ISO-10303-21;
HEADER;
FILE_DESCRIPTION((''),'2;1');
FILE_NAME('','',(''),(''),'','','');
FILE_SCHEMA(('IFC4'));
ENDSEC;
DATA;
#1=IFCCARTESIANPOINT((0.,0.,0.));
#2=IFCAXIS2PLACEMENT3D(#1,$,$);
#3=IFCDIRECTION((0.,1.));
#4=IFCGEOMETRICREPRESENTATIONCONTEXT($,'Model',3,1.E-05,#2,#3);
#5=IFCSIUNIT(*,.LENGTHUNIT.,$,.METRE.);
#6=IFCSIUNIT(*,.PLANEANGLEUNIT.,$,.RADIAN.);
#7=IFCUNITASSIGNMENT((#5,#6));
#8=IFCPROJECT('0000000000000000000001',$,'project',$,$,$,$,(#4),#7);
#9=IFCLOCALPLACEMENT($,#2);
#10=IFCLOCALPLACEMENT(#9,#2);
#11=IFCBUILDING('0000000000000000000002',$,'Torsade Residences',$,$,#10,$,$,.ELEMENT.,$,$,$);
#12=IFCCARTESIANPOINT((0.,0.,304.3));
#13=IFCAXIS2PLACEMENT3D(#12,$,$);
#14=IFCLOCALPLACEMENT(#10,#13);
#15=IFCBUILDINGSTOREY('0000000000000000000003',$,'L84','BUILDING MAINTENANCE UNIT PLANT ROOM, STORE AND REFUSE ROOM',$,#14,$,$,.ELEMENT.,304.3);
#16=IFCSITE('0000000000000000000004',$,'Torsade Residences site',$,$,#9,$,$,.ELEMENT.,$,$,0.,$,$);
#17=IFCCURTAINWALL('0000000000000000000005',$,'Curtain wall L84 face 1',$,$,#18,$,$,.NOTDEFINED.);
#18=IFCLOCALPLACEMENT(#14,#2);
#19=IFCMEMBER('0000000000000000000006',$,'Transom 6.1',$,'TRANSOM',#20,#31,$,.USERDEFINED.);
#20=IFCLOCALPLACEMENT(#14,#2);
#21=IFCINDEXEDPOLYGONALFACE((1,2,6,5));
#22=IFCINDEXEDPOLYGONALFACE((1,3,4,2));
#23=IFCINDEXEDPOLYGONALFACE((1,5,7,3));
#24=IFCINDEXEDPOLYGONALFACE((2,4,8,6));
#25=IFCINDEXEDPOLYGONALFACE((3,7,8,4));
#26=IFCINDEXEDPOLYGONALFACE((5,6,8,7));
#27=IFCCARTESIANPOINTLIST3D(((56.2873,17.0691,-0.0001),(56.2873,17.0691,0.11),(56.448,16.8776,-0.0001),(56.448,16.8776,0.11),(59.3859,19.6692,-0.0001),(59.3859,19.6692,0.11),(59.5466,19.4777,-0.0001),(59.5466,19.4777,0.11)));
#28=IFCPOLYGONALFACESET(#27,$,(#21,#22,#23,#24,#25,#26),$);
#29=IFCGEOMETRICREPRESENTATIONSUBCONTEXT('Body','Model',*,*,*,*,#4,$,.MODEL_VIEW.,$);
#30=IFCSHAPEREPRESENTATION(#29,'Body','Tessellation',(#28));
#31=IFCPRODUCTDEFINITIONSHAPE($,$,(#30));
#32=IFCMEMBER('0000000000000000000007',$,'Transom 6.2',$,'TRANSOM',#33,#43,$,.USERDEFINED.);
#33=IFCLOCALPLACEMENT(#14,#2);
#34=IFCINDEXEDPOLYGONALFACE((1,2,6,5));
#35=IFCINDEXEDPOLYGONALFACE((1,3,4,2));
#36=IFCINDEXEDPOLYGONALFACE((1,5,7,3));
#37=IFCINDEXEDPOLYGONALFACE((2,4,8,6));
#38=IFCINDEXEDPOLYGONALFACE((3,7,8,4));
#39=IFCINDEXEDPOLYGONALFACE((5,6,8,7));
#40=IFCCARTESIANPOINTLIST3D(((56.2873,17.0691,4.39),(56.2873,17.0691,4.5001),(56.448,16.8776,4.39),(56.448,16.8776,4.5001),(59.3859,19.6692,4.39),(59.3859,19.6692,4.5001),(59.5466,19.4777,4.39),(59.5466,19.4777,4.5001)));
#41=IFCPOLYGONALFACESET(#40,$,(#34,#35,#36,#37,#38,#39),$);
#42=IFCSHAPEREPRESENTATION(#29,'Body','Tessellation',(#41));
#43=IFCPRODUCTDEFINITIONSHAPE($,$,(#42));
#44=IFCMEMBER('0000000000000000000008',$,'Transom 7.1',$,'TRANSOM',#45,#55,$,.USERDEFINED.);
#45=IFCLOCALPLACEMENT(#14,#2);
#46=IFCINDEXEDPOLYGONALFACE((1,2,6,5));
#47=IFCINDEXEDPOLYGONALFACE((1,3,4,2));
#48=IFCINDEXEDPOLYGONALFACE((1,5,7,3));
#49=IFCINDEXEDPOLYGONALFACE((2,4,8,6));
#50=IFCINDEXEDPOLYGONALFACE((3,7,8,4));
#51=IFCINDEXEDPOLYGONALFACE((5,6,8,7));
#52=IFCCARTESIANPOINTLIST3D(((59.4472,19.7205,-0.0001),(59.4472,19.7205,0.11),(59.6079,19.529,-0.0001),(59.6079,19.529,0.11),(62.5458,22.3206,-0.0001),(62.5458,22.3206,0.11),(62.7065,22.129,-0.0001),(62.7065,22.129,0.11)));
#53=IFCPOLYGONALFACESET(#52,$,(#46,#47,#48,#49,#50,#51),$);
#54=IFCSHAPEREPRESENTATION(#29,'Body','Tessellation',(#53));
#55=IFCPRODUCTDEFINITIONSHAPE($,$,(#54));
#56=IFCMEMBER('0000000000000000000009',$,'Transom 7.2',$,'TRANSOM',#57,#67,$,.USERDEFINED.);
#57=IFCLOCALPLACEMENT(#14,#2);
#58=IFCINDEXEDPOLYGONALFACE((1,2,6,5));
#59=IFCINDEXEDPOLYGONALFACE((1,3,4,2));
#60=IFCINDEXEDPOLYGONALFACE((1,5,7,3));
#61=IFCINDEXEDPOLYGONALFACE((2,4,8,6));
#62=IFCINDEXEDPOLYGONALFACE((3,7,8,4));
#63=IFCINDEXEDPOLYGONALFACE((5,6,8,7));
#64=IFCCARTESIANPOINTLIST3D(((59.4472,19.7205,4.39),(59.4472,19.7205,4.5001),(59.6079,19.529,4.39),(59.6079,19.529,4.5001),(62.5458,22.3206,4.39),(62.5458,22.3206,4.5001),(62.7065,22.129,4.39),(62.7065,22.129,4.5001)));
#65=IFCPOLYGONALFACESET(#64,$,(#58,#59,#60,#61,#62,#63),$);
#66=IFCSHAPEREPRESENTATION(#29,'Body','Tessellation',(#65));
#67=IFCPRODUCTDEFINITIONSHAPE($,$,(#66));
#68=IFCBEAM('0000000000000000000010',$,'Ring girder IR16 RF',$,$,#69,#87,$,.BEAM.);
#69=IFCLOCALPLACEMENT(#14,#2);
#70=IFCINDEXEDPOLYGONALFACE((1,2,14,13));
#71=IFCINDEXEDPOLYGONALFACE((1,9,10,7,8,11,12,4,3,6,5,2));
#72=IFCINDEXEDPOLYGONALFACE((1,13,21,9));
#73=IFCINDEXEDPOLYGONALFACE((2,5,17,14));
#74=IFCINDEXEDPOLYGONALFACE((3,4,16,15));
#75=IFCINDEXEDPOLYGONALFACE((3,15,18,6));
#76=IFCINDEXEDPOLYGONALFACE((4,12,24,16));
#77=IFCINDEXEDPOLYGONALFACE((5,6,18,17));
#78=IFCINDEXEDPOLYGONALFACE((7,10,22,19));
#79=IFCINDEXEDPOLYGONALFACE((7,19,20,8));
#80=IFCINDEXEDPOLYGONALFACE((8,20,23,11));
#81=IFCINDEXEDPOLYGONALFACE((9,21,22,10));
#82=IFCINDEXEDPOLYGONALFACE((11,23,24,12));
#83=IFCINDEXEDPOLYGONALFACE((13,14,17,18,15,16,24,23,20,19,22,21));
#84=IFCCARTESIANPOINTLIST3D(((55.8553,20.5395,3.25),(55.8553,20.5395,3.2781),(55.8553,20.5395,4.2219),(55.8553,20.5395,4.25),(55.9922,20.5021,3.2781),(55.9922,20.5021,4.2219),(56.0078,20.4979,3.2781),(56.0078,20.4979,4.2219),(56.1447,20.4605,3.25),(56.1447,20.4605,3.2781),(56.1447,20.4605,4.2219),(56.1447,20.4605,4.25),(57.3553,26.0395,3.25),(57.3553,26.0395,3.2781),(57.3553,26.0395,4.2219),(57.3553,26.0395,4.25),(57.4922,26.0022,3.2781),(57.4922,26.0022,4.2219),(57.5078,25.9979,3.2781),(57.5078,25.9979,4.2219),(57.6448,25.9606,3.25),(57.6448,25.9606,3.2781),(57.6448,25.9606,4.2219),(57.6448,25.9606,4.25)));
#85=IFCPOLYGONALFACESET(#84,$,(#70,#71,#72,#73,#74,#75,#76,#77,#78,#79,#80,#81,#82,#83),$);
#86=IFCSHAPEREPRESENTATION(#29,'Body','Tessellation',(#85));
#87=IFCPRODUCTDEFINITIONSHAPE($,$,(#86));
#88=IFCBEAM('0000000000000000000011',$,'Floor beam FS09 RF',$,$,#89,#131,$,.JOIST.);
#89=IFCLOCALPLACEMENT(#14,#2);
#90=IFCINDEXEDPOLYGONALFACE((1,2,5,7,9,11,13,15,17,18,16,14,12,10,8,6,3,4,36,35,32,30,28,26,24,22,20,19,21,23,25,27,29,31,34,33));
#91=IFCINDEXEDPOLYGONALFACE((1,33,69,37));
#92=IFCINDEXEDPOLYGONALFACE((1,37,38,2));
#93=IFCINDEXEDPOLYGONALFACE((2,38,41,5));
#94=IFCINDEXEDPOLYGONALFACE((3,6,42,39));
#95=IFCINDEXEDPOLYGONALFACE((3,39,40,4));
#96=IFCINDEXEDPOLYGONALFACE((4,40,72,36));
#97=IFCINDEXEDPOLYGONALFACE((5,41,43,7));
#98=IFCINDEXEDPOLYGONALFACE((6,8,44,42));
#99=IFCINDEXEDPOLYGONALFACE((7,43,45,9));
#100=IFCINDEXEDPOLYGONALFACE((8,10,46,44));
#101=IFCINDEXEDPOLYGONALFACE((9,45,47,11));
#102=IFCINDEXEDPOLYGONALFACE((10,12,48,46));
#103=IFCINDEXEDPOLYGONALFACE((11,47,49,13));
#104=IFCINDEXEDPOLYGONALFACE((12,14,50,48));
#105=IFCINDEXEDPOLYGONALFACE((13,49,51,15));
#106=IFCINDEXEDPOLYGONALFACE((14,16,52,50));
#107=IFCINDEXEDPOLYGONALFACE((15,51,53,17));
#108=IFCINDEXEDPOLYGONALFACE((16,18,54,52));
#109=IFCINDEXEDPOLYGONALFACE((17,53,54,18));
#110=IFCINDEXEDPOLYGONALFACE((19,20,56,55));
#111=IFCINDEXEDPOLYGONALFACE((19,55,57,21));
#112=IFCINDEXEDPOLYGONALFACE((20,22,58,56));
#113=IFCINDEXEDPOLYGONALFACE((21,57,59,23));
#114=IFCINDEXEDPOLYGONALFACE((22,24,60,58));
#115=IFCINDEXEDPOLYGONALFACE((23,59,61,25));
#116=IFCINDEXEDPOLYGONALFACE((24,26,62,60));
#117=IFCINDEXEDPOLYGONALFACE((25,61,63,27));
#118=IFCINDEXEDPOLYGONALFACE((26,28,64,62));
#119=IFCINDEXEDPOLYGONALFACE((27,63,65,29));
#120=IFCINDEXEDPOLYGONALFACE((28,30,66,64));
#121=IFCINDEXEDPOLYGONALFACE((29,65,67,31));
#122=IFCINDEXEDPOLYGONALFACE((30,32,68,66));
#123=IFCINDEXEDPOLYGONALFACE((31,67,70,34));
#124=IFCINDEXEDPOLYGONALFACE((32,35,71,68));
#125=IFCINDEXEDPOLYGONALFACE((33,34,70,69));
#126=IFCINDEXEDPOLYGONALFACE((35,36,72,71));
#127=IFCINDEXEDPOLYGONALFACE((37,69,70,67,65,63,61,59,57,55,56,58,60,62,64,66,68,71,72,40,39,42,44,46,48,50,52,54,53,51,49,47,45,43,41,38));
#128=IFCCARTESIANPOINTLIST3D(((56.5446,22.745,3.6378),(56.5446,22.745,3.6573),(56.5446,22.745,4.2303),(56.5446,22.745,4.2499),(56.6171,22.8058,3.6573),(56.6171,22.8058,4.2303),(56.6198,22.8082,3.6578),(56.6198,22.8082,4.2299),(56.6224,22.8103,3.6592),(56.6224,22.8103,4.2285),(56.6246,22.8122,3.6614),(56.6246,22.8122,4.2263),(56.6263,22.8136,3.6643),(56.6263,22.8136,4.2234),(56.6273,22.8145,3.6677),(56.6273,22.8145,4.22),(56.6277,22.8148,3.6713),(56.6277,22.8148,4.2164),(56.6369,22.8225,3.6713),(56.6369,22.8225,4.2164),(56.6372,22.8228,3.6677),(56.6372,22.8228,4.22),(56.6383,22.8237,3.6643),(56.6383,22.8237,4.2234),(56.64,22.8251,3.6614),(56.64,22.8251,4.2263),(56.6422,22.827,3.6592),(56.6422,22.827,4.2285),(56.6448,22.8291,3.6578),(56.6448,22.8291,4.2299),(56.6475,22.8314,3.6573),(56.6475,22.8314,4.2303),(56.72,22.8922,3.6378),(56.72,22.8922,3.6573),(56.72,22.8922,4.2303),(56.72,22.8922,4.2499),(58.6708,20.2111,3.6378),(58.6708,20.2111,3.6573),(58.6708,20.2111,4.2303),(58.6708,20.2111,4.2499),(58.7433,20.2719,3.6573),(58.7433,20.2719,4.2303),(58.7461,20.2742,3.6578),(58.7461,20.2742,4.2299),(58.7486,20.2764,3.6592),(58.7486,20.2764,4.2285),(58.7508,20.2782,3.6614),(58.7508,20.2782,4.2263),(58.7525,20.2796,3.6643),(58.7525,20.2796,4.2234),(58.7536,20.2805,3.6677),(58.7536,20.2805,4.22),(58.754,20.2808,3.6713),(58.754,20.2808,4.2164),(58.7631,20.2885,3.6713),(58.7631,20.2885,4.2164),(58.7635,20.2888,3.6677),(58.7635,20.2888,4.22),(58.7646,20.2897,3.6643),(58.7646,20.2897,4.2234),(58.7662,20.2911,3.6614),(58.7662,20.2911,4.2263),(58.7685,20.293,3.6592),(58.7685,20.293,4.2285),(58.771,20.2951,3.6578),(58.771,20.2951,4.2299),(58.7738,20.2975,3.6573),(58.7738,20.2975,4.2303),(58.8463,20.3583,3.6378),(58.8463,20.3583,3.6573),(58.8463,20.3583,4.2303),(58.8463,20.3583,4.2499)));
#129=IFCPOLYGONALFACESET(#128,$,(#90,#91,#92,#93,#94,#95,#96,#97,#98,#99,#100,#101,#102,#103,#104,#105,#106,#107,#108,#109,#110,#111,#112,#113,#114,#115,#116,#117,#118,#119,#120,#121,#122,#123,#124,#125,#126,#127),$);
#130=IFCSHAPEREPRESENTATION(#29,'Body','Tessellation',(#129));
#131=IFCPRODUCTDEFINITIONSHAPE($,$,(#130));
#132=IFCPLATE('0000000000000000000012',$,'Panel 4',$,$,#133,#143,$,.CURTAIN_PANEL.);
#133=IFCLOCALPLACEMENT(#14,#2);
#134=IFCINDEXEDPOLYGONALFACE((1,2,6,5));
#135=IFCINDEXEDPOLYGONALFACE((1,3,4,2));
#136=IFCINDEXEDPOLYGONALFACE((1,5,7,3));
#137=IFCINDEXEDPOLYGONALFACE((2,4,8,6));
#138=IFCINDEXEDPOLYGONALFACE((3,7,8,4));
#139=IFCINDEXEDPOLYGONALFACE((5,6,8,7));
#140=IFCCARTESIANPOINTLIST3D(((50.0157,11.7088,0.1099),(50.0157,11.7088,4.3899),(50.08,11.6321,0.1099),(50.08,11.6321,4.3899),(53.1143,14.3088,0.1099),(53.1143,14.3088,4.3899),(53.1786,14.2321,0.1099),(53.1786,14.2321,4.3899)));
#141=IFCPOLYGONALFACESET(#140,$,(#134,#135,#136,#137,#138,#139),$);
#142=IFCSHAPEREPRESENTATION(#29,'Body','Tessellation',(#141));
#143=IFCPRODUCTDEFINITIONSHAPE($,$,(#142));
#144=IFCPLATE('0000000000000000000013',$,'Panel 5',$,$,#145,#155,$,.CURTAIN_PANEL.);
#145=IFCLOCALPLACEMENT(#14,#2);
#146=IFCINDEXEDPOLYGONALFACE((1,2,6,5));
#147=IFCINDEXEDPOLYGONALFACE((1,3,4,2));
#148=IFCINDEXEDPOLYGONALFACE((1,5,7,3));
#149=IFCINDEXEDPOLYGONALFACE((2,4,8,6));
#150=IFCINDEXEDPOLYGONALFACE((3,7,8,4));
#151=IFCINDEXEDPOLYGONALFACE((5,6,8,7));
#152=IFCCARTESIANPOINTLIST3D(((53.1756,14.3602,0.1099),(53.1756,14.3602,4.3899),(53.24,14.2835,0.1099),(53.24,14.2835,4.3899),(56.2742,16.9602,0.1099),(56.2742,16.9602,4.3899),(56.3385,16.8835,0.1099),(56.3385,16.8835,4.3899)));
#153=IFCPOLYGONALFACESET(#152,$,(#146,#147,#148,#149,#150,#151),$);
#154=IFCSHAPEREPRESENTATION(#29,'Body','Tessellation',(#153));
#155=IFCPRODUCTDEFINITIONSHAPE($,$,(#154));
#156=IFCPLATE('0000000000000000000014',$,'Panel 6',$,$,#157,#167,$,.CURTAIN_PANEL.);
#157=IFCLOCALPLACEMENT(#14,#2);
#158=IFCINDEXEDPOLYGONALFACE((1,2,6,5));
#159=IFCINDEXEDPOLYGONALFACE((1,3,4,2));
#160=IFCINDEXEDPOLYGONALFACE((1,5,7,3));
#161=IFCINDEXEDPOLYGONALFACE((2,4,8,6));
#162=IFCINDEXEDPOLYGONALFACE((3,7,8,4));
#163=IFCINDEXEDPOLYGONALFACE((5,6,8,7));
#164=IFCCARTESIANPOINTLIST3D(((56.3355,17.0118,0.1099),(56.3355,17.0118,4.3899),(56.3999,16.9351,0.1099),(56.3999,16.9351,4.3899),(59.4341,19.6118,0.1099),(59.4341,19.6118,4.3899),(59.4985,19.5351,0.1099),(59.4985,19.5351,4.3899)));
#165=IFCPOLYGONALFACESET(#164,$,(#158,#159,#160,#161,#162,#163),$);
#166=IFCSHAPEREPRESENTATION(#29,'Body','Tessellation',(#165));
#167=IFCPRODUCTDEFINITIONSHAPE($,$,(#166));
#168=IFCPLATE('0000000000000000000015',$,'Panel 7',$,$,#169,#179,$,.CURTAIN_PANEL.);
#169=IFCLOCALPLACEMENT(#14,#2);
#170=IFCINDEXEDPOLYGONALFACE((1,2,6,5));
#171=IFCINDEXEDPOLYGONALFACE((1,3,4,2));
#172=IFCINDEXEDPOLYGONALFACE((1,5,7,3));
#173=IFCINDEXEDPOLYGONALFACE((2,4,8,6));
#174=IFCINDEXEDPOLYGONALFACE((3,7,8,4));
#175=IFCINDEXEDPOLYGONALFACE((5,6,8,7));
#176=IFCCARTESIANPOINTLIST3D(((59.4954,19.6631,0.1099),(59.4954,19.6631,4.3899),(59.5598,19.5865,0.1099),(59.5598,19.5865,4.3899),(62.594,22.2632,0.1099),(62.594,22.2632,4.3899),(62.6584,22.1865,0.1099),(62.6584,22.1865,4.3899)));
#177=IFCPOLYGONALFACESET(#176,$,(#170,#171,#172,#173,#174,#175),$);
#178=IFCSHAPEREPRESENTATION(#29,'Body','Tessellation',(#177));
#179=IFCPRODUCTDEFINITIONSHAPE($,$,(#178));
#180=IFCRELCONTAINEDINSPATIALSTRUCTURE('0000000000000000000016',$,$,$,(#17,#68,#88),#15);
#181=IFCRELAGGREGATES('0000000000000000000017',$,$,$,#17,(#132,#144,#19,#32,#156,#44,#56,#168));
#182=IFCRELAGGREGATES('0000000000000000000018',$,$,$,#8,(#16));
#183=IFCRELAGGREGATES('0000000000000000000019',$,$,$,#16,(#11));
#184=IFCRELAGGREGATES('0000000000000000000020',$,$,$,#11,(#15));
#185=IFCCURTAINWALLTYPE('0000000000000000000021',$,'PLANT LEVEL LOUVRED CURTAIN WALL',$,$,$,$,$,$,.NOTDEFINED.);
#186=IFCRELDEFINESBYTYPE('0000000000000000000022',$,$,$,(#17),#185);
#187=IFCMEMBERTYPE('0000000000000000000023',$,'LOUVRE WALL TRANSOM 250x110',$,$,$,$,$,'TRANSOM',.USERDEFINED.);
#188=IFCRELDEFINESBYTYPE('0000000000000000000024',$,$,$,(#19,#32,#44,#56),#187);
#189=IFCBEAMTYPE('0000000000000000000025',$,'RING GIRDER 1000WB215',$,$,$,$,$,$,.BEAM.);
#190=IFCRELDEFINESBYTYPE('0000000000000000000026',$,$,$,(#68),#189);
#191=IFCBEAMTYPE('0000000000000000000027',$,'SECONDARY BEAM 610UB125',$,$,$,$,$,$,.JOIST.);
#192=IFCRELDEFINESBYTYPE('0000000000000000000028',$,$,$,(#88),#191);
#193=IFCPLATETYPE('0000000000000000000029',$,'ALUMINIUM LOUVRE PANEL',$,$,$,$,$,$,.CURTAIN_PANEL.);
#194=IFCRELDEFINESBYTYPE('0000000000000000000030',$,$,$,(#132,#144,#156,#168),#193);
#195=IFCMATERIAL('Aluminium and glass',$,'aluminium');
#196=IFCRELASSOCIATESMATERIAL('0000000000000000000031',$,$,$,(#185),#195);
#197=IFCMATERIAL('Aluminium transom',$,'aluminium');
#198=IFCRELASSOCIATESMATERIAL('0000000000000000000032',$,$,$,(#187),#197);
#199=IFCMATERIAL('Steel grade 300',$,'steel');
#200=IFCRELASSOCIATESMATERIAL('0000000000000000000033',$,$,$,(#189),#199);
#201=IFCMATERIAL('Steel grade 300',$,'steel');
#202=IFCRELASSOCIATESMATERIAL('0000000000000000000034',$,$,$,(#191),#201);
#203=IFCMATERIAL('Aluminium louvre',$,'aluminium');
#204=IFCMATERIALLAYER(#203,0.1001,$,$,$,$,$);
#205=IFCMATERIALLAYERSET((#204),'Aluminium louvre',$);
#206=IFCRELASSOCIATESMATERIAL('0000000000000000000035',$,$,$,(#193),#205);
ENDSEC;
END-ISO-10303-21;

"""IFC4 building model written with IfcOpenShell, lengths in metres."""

from ifc_helpers import new_model, si_unit, direction, frame, origin, origin_2d, place, context, subcontext, project, spatial, rectangle, i_section, extrude, material, layer, layer_set, material_profile, profile_set, type_object, element, aggregate, save


model = new_model("IFC4")

# Units and contexts
model_context = context("Model", 3, precision=1e-05, world=origin(), true_north=direction((0.0, 1.0)))
body_context = subcontext(model_context, "Body", "Model", "MODEL_VIEW")
ifc_project = project(units=[si_unit("LENGTHUNIT", "METRE"), si_unit("PLANEANGLEUNIT", "RADIAN")], contexts=[model_context])

# Site, building, storey
site_placement = place(None, origin())
site = spatial("IfcSite", under=ifc_project, at=site_placement, Name="Torsade Residences site", CompositionType="ELEMENT", RefElevation=0.0)
building_placement = place(site_placement, origin())
building = spatial("IfcBuilding", under=site, at=building_placement, Name="Torsade Residences", CompositionType="ELEMENT")
storey_placement = place(building_placement, frame((0.0, 0.0, 304.3)))
storey = spatial("IfcBuildingStorey", under=building, at=storey_placement, Name="L84", Description="BUILDING MAINTENANCE UNIT PLANT ROOM, STORE AND REFUSE ROOM", CompositionType="ELEMENT", Elevation=304.3)

# Curtain wall, members
ifc_material_1 = material(Name="Aluminium and glass", Category="aluminium")
curtain_wall_type = type_object("IfcCurtainWallType", Name="PLANT LEVEL LOUVRED CURTAIN WALL", PredefinedType="NOTDEFINED", material=ifc_material_1)
curtain_wall_placement = place(storey_placement, origin())
curtain_wall = element("IfcCurtainWall", 1, at=curtain_wall_placement, inside=storey, type_object=curtain_wall_type, Name="Curtain wall L84 face 1", PredefinedType="NOTDEFINED")
ifc_material_2 = material(Name="Aluminium transom", Category="aluminium")
ifc_material_profile_1 = material_profile(ifc_material_2, rectangle(XDim=0.25, YDim=0.1101, at=origin_2d()), Name="LOUVRE WALL TRANSOM 250x110")
ifc_profile_set_1 = profile_set([ifc_material_profile_1], Name="Aluminium transom")
member_type_1 = type_object("IfcMemberType", Name="LOUVRE WALL TRANSOM 250x110", ElementType="TRANSOM", PredefinedType="USERDEFINED", material=ifc_profile_set_1)
member_1_placement = place(storey_placement, frame((56.3677, 16.9734, 0.0549), z_axis=(0.76604, 0.642793, 0.0), x_axis=(-0.642793, 0.76604, 0.0)))
member_1 = element("IfcMember", 2, at=member_1_placement, type_object=member_type_1, Name="Transom 6.1", ObjectType="TRANSOM", PredefinedType="USERDEFINED", context=body_context, shape_type="SweptSolid", body=[
    extrude(rectangle(XDim=0.25, YDim=0.1101, at=origin_2d()), origin(), (0.0, 0.0, 1.0), 4.0449),
])
member_2_placement = place(storey_placement, frame((56.3677, 16.9734, 4.4451), z_axis=(0.76604, 0.642793, 0.0), x_axis=(-0.642793, 0.76604, 0.0)))
member_2 = element("IfcMember", 3, at=member_2_placement, type_object=member_type_1, Name="Transom 6.2", ObjectType="TRANSOM", PredefinedType="USERDEFINED", context=body_context, shape_type="SweptSolid", body=[
    extrude(rectangle(XDim=0.25, YDim=0.1101, at=origin_2d()), origin(), (0.0, 0.0, 1.0), 4.0449),
])
member_3_placement = place(storey_placement, frame((59.5276, 19.6248, 0.0549), z_axis=(0.76604, 0.642793, 0.0), x_axis=(-0.642793, 0.76604, 0.0)))
member_3 = element("IfcMember", 4, at=member_3_placement, type_object=member_type_1, Name="Transom 7.1", ObjectType="TRANSOM", PredefinedType="USERDEFINED", context=body_context, shape_type="SweptSolid", body=[
    extrude(rectangle(XDim=0.25, YDim=0.1101, at=origin_2d()), origin(), (0.0, 0.0, 1.0), 4.0449),
])
member_4_placement = place(storey_placement, frame((59.5276, 19.6248, 4.4451), z_axis=(0.76604, 0.642793, 0.0), x_axis=(-0.642793, 0.76604, 0.0)))
member_4 = element("IfcMember", 5, at=member_4_placement, type_object=member_type_1, Name="Transom 7.2", ObjectType="TRANSOM", PredefinedType="USERDEFINED", context=body_context, shape_type="SweptSolid", body=[
    extrude(rectangle(XDim=0.25, YDim=0.1101, at=origin_2d()), origin(), (0.0, 0.0, 1.0), 4.0449),
])

# Beams
ifc_material_3 = material(Name="Steel grade 300", Category="steel")
ifc_material_profile_2 = material_profile(ifc_material_3, i_section(OverallWidth=0.3, OverallDepth=1.0, WebThickness=0.0161, FlangeThickness=0.0281, at=origin_2d()), Name="1000WB215")
ifc_profile_set_2 = profile_set([ifc_material_profile_2], Name="Steel grade 300")
beam_type_1 = type_object("IfcBeamType", Name="RING GIRDER 1000WB215", PredefinedType="BEAM", material=ifc_profile_set_2)
beam_1_placement = place(storey_placement, frame((56.0, 20.5, 3.75), z_axis=(0.263117, 0.964764, 0.0), x_axis=(-0.964764, 0.263117, 0.0)))
element("IfcBeam", 6, at=beam_1_placement, inside=storey, type_object=beam_type_1, Name="Ring girder IR16 RF", PredefinedType="BEAM", context=body_context, shape_type="SweptSolid", body=[
    extrude(i_section(OverallWidth=0.3, OverallDepth=1.0, WebThickness=0.0161, FlangeThickness=0.0281, at=origin_2d()), origin(), (0.0, 0.0, 1.0), 5.7009),
])
ifc_material_4 = material(Name="Steel grade 300", Category="steel")
ifc_material_profile_3 = material_profile(ifc_material_4, i_section(OverallWidth=0.229, OverallDepth=0.6121, WebThickness=0.012, FlangeThickness=0.0195, FilletRadius=0.0139, at=origin_2d()), Name="610UB125")
ifc_profile_set_3 = profile_set([ifc_material_profile_3], Name="Steel grade 300")
beam_type_2 = type_object("IfcBeamType", Name="SECONDARY BEAM 610UB125", PredefinedType="JOIST", material=ifc_profile_set_3)
beam_2_placement = place(storey_placement, frame((58.7585, 20.2847, 3.9438), z_axis=(-0.642787, 0.766045, 0.0), x_axis=(-0.766045, -0.642787, 0.0)))
element("IfcBeam", 7, at=beam_2_placement, inside=storey, type_object=beam_type_2, Name="Floor beam FS09 RF", PredefinedType="JOIST", context=body_context, shape_type="SweptSolid", body=[
    extrude(i_section(OverallWidth=0.229, OverallDepth=0.6121, WebThickness=0.012, FlangeThickness=0.0195, FilletRadius=0.0139, at=origin_2d()), origin(), (0.0, 0.0, 1.0), 3.3079),
])

# Plates
ifc_material_5 = material(Name="Aluminium louvre", Category="aluminium")
ifc_layer_1 = layer(ifc_material_5, 0.1001)
ifc_layer_set_1 = layer_set([ifc_layer_1], Name="Aluminium louvre")
plate_type = type_object("IfcPlateType", Name="ALUMINIUM LOUVRE PANEL", PredefinedType="CURTAIN_PANEL", material=ifc_layer_set_1)
plate_1_placement = place(storey_placement, frame((51.5972, 12.9705, 0.1099), z_axis=(0.0, 0.0, 1.0), x_axis=(0.766044, 0.642788, 0.0)))
plate_1 = element("IfcPlate", 8, at=plate_1_placement, type_object=plate_type, Name="Panel 4", PredefinedType="CURTAIN_PANEL", context=body_context, shape_type="SweptSolid", body=[
    extrude(rectangle(XDim=4.0449, YDim=0.1001, at=origin_2d()), origin(), (0.0, 0.0, 1.0), 4.28),
])
plate_2_placement = place(storey_placement, frame((54.7571, 15.6218, 0.1099), z_axis=(0.0, 0.0, 1.0), x_axis=(0.766044, 0.642788, 0.0)))
plate_2 = element("IfcPlate", 9, at=plate_2_placement, type_object=plate_type, Name="Panel 5", PredefinedType="CURTAIN_PANEL", context=body_context, shape_type="SweptSolid", body=[
    extrude(rectangle(XDim=4.0449, YDim=0.1001, at=origin_2d()), origin(), (0.0, 0.0, 1.0), 4.28),
])
plate_3_placement = place(storey_placement, frame((57.917, 18.2734, 0.1099), z_axis=(0.0, 0.0, 1.0), x_axis=(0.766044, 0.642788, 0.0)))
plate_3 = element("IfcPlate", 10, at=plate_3_placement, type_object=plate_type, Name="Panel 6", PredefinedType="CURTAIN_PANEL", context=body_context, shape_type="SweptSolid", body=[
    extrude(rectangle(XDim=4.0449, YDim=0.1001, at=origin_2d()), origin(), (0.0, 0.0, 1.0), 4.28),
])
plate_4_placement = place(storey_placement, frame((61.0769, 20.9248, 0.1099), z_axis=(0.0, 0.0, 1.0), x_axis=(0.766044, 0.642788, 0.0)))
plate_4 = element("IfcPlate", 11, at=plate_4_placement, type_object=plate_type, Name="Panel 7", PredefinedType="CURTAIN_PANEL", context=body_context, shape_type="SweptSolid", body=[
    extrude(rectangle(XDim=4.0449, YDim=0.1001, at=origin_2d()), origin(), (0.0, 0.0, 1.0), 4.28),
])
aggregate(curtain_wall, [plate_1, plate_2, member_1, member_2, plate_3, member_3, member_4, plate_4])

save(model, "model.ifc")
